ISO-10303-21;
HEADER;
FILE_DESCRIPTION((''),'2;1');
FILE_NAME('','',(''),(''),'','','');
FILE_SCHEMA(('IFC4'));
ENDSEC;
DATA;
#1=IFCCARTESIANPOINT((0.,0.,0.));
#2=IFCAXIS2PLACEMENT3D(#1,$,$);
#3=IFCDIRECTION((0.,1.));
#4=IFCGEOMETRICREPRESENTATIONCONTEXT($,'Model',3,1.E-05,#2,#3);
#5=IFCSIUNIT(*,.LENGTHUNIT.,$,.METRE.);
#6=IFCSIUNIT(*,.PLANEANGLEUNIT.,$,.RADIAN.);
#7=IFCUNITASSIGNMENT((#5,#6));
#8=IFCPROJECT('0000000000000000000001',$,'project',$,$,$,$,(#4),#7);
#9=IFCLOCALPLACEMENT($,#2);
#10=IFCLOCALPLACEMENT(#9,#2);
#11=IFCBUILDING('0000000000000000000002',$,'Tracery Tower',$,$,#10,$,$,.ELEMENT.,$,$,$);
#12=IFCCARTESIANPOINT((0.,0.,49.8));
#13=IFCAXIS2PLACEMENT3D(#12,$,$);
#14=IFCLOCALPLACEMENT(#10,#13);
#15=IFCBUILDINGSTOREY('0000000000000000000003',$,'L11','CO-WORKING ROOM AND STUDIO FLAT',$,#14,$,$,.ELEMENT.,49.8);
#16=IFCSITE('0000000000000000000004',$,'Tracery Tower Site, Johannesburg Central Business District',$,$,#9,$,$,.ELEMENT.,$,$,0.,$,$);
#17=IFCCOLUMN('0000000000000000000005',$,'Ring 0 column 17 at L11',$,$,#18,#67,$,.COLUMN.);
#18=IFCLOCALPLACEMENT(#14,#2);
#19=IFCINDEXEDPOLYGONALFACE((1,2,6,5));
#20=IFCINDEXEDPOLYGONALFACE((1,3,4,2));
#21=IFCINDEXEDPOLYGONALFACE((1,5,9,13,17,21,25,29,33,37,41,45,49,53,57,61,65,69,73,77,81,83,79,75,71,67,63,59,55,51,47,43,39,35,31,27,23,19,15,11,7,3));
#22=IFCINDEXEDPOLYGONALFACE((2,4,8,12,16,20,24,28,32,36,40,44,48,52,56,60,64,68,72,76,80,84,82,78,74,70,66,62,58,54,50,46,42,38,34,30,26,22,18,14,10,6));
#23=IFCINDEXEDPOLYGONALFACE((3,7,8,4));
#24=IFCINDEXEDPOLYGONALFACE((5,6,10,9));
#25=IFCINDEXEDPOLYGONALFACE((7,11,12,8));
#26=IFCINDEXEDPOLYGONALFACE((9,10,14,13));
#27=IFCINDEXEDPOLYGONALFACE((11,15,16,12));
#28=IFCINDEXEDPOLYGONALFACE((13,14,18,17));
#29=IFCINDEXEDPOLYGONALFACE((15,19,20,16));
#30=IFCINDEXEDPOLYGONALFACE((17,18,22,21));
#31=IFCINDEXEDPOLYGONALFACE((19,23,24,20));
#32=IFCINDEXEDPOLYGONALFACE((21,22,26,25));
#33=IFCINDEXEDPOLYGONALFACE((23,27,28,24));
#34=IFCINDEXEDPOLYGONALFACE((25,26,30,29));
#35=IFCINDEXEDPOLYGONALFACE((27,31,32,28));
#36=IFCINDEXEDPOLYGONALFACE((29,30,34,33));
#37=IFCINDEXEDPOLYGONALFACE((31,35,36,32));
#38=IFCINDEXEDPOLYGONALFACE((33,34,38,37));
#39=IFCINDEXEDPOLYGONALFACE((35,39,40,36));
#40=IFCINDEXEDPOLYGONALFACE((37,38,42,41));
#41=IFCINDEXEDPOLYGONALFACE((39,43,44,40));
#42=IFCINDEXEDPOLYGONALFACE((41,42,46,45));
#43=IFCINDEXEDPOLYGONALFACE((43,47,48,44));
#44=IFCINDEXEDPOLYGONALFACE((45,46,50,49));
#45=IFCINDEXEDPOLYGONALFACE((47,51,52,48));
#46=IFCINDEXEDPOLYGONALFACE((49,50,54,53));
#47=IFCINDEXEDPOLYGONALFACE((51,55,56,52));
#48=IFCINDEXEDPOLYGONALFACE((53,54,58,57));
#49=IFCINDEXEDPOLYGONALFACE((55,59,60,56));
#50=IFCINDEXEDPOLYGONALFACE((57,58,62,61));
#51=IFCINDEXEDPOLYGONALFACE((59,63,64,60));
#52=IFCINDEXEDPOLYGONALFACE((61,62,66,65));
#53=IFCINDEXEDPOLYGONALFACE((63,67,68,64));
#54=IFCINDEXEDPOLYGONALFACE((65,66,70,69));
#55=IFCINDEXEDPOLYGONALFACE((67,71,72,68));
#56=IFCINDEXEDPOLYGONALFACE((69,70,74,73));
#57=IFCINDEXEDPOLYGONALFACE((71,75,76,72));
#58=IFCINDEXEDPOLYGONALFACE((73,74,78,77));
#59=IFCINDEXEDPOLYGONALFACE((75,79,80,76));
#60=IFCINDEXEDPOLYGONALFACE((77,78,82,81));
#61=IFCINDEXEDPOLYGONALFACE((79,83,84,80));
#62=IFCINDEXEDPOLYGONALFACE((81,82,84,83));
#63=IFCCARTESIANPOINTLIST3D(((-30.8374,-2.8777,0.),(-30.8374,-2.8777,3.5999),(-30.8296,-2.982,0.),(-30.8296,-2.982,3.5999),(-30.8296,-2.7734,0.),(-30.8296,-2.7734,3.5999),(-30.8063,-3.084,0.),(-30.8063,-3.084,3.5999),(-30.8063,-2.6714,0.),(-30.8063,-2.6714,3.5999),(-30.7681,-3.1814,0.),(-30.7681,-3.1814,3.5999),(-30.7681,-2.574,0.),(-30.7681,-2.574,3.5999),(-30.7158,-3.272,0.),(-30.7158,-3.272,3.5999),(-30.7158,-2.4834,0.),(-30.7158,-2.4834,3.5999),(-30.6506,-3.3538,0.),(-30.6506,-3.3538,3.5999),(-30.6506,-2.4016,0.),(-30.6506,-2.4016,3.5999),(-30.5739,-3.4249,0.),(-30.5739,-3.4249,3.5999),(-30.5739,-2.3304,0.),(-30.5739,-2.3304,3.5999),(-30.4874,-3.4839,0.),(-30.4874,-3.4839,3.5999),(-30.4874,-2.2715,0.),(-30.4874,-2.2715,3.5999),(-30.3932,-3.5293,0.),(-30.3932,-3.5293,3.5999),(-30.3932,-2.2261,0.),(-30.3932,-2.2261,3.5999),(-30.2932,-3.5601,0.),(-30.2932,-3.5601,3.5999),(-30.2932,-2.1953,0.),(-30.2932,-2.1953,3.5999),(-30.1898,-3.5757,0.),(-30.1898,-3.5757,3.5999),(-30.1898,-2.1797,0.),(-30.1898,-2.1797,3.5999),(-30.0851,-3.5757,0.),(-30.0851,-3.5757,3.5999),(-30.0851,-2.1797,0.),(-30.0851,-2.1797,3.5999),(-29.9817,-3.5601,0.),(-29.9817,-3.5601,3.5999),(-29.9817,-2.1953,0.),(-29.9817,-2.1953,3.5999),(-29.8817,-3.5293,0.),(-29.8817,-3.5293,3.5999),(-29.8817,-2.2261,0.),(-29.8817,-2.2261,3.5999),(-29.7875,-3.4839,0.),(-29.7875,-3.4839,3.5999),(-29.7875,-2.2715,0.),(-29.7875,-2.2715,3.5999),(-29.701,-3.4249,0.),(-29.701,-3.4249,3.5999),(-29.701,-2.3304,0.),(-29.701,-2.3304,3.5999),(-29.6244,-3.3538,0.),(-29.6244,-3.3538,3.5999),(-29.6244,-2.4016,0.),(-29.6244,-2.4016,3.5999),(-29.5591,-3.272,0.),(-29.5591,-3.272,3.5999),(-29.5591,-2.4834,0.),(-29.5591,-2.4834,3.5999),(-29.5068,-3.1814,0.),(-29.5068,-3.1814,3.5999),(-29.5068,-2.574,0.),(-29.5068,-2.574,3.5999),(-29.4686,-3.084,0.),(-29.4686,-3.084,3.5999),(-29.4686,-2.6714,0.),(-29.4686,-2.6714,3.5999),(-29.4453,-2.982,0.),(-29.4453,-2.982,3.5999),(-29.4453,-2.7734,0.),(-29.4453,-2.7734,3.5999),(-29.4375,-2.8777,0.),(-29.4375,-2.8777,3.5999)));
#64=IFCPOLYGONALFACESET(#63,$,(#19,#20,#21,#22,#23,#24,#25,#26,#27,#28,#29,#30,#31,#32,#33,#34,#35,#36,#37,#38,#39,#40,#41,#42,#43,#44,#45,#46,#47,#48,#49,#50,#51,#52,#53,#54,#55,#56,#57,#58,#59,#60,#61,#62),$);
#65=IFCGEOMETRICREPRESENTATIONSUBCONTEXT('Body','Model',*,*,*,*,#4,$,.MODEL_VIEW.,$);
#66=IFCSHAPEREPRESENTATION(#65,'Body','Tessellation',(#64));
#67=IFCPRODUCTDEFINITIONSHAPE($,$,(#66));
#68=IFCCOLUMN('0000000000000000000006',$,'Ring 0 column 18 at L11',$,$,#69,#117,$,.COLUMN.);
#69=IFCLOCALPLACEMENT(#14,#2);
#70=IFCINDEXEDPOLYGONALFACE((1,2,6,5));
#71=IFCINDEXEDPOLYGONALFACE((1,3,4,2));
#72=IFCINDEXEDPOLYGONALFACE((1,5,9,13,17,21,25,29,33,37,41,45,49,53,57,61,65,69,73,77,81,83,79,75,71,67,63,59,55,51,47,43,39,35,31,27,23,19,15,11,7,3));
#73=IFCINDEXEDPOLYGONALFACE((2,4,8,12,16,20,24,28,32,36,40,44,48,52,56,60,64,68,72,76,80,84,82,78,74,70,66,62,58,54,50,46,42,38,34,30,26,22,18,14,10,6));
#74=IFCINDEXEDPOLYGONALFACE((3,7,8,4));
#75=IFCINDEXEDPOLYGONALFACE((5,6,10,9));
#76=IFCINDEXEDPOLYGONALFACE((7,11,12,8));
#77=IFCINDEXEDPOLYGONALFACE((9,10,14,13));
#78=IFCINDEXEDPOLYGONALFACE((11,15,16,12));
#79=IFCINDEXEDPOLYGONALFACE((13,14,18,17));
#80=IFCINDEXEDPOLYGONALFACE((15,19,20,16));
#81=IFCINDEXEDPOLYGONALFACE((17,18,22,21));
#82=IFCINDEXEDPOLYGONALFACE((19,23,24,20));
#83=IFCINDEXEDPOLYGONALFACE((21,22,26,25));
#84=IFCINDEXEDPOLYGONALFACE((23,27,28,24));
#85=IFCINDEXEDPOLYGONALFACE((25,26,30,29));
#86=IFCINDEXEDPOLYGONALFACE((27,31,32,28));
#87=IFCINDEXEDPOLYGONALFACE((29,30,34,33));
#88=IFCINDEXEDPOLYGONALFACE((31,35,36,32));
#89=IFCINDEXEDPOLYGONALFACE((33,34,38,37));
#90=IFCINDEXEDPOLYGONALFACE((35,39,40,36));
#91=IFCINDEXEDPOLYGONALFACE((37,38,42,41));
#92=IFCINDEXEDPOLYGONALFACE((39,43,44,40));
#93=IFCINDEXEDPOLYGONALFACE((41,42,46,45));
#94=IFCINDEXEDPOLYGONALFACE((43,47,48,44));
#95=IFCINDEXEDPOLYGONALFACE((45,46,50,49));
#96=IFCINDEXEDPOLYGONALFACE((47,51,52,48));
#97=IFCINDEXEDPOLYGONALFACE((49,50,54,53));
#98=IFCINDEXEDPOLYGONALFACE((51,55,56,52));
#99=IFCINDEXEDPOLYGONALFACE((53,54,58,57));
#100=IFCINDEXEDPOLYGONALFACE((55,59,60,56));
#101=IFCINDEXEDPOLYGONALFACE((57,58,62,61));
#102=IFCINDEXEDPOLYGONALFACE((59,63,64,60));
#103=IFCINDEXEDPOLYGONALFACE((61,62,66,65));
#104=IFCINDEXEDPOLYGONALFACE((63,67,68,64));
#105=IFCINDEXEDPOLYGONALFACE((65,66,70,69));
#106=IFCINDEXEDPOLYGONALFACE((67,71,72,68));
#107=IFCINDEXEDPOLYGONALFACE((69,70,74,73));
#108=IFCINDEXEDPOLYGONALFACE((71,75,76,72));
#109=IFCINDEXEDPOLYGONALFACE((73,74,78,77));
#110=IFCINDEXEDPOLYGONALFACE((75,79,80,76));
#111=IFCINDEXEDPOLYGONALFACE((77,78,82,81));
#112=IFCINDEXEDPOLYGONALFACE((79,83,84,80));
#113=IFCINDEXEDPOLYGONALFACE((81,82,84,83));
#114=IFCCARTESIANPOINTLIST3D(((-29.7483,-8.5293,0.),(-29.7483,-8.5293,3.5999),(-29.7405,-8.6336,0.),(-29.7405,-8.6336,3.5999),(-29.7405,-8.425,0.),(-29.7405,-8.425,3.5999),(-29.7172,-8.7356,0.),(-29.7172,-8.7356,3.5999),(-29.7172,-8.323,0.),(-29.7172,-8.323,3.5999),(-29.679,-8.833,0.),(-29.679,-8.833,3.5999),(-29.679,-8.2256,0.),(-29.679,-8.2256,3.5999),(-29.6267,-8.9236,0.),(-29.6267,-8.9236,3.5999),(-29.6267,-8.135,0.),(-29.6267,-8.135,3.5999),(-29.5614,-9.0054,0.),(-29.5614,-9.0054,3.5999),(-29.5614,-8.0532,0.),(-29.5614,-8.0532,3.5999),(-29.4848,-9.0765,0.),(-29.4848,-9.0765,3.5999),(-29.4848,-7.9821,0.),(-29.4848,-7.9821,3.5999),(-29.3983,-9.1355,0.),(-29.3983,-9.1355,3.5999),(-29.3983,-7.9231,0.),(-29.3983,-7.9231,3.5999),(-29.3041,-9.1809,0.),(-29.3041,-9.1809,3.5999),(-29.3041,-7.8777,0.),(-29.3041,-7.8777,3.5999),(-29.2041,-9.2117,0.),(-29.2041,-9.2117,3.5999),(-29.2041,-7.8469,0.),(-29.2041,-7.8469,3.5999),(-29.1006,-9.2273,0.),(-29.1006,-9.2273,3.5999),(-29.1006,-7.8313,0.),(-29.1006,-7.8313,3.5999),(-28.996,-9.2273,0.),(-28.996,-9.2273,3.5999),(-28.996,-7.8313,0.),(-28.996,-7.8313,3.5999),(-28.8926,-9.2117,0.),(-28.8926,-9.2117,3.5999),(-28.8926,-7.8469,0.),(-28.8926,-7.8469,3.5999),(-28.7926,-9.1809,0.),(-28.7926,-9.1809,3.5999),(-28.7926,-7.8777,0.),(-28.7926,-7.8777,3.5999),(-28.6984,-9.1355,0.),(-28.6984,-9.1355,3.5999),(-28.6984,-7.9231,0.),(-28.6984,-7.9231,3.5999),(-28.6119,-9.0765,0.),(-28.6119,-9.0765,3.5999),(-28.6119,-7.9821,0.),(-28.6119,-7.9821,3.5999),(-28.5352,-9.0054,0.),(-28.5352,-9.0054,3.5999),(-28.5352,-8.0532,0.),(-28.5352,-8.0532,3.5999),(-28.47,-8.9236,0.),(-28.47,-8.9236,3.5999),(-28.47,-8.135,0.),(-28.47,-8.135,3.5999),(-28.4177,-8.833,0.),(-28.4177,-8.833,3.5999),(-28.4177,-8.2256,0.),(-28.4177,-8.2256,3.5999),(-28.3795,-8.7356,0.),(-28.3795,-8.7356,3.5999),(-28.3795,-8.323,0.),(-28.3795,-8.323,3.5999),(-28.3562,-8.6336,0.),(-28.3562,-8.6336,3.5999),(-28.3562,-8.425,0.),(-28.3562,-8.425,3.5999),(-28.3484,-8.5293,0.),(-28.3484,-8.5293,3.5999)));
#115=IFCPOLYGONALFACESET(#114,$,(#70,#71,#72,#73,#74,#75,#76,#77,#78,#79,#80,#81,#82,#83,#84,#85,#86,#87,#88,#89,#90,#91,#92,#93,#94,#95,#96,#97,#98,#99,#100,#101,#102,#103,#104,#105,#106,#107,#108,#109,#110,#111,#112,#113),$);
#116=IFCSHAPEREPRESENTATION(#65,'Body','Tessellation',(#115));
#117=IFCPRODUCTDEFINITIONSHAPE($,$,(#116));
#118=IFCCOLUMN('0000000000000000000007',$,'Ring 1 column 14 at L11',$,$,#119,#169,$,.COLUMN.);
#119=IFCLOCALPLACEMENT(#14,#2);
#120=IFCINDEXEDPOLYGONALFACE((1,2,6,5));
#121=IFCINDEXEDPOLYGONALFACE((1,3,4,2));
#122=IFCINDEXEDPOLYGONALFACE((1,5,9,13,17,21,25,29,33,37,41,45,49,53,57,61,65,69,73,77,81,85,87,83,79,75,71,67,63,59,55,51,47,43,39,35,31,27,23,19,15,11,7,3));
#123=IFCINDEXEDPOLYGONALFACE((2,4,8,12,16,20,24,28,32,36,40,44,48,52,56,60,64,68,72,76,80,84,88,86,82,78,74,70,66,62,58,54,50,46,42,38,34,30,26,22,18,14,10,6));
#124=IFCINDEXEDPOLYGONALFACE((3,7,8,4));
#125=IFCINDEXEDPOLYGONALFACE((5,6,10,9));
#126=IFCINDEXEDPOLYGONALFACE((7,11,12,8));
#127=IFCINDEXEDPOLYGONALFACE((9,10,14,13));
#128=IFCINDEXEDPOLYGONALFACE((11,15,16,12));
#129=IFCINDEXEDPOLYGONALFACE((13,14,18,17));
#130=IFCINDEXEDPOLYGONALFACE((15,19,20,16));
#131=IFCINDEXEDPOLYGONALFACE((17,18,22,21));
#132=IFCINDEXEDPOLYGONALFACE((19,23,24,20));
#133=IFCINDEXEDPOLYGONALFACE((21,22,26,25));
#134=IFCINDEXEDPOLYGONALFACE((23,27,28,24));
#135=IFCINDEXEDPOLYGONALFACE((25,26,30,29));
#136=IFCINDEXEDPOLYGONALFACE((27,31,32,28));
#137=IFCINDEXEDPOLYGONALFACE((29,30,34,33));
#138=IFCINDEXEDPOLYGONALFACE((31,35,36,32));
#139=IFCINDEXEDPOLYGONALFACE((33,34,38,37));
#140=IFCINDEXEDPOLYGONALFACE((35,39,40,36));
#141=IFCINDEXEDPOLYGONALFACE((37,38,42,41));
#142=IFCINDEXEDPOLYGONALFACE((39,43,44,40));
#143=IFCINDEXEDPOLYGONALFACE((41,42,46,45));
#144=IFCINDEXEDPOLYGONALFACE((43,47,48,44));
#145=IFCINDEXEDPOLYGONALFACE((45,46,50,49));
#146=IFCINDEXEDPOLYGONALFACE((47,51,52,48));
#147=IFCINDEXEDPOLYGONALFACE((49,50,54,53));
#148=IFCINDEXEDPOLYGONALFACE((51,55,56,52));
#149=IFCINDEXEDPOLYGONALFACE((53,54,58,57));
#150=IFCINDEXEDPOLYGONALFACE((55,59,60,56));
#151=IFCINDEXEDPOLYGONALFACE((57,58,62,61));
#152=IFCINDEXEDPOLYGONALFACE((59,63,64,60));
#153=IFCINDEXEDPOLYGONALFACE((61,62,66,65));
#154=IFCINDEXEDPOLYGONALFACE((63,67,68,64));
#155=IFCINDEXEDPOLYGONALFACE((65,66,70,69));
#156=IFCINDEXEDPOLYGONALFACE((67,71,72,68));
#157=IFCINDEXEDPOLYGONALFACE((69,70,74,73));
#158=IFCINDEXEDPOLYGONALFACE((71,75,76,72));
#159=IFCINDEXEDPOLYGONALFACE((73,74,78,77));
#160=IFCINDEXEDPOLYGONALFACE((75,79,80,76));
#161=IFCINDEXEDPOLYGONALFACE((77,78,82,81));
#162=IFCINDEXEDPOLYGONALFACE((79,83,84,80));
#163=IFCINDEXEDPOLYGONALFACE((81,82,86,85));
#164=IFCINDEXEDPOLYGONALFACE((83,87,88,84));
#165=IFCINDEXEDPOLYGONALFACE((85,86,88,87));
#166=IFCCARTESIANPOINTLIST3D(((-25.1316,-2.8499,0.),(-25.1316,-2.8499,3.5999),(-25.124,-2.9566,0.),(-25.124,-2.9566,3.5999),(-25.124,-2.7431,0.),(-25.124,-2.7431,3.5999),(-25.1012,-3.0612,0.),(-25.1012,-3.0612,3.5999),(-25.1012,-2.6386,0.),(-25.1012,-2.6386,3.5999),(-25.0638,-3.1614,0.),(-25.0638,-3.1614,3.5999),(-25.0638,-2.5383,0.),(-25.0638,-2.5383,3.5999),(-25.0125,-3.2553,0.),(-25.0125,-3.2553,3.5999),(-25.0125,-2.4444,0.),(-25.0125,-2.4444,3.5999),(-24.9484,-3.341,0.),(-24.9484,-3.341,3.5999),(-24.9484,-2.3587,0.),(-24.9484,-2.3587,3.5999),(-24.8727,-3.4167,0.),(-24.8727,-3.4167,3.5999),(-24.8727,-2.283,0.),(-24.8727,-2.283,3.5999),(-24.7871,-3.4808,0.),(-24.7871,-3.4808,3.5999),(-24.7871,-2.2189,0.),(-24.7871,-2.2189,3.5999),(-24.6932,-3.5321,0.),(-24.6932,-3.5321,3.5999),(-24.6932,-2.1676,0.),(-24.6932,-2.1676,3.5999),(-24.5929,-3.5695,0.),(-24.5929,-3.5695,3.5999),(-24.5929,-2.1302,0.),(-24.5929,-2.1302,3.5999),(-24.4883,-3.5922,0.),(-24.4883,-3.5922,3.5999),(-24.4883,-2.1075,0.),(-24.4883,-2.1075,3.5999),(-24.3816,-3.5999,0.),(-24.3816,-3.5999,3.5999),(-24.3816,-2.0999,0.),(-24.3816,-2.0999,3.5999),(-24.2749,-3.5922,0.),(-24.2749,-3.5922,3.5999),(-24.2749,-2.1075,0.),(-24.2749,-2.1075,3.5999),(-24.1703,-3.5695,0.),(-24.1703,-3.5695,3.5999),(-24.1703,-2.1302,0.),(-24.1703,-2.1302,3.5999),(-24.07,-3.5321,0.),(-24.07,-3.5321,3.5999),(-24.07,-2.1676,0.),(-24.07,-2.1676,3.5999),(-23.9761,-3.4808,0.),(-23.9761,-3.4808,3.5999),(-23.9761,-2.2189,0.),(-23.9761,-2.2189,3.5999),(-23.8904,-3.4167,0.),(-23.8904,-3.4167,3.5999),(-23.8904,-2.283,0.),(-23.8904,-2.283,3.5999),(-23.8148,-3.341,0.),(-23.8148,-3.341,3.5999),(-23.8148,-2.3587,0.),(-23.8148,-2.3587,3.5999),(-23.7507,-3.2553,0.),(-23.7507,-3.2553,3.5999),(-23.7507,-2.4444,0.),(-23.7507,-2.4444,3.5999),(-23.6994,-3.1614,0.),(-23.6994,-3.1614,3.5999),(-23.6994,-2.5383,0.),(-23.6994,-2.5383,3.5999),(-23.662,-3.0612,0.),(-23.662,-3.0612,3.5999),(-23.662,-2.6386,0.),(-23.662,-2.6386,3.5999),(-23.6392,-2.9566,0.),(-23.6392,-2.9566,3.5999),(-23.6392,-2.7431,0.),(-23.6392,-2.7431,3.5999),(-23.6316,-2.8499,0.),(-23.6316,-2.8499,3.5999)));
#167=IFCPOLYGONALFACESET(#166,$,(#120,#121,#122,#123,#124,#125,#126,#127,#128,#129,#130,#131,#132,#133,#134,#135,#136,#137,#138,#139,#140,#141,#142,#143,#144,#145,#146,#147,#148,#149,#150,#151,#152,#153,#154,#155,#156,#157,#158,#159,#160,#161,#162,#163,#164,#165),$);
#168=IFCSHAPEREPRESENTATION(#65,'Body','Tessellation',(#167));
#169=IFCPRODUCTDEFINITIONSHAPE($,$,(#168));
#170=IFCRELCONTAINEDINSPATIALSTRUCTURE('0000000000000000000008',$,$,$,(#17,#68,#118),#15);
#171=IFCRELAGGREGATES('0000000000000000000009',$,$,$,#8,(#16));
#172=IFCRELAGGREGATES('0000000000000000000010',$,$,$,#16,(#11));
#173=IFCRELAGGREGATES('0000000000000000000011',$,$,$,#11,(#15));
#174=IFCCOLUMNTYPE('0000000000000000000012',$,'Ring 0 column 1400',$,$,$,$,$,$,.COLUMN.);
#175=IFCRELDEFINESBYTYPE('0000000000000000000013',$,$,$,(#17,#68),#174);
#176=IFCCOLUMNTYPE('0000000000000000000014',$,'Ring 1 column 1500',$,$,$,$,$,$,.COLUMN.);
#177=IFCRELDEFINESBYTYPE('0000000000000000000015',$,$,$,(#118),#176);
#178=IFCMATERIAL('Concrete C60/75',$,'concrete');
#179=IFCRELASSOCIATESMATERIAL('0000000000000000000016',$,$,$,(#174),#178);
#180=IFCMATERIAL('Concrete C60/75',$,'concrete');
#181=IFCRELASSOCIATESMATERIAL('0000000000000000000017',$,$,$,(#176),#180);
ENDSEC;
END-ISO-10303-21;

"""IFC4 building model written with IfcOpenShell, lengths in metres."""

from ifc_helpers import new_model, si_unit, direction, frame, origin, origin_2d, place, context, subcontext, project, spatial, circle, extrude, material, material_profile, profile_set, type_object, element, save


model = new_model("IFC4")

# Units and contexts
model_context = context("Model", 3, precision=1e-05, world=origin(), true_north=direction((0.0, 1.0)))
body_context = subcontext(model_context, "Body", "Model", "MODEL_VIEW")
ifc_project = project(units=[si_unit("LENGTHUNIT", "METRE"), si_unit("PLANEANGLEUNIT", "RADIAN")], contexts=[model_context])

# Site, building, storey
site_placement = place(None, origin())
site = spatial("IfcSite", under=ifc_project, at=site_placement, Name="Tracery Tower Site, Johannesburg Central Business District", CompositionType="ELEMENT", RefElevation=0.0)
building_placement = place(site_placement, origin())
building = spatial("IfcBuilding", under=site, at=building_placement, Name="Tracery Tower", CompositionType="ELEMENT")
storey_placement = place(building_placement, frame((0.0, 0.0, 49.8)))
storey = spatial("IfcBuildingStorey", under=building, at=storey_placement, Name="L11", Description="CO-WORKING ROOM AND STUDIO FLAT", CompositionType="ELEMENT", Elevation=49.8)

# Columns
ifc_material_1 = material(Name="Concrete C60/75", Category="concrete")
ifc_material_profile_1 = material_profile(ifc_material_1, circle(Radius=0.7, at=origin_2d()), Name="RC D1400")
ifc_profile_set_1 = profile_set([ifc_material_profile_1], Name="Concrete C60/75")
column_type_1 = type_object("IfcColumnType", Name="Ring 0 column 1400", PredefinedType="COLUMN", material=ifc_profile_set_1)
for number, where, z_axis, x_axis, name in (
    (1, (-30.1375, -2.8777, 0.0), (0.0, 0.0, 1.0), (1.0, 0.0, 0.0), "Ring 0 column 17 at L11"),
    (2, (-29.0483, -8.5293, 0.0), (0.0, 0.0, 1.0), (1.0, 0.0, 0.0), "Ring 0 column 18 at L11"),
):
    element("IfcColumn", number, at=place(storey_placement, frame(where, z_axis=z_axis, x_axis=x_axis)), inside=storey, type_object=column_type_1, Name=name, PredefinedType="COLUMN", context=body_context, shape_type="SweptSolid", body=[
        extrude(circle(Radius=0.7, at=origin_2d()), origin(), (0.0, 0.0, 1.0), 3.5999),
    ])
ifc_material_2 = material(Name="Concrete C60/75", Category="concrete")
ifc_material_profile_2 = material_profile(ifc_material_2, circle(Radius=0.75, at=origin_2d()), Name="RC D1500")
ifc_profile_set_2 = profile_set([ifc_material_profile_2], Name="Concrete C60/75")
column_type_2 = type_object("IfcColumnType", Name="Ring 1 column 1500", PredefinedType="COLUMN", material=ifc_profile_set_2)
for number, where, z_axis, x_axis, name in (
    (3, (-24.3816, -2.8499, 0.0), (0.0, 0.0, 1.0), (1.0, 0.0, 0.0), "Ring 1 column 14 at L11"),
):
    element("IfcColumn", number, at=place(storey_placement, frame(where, z_axis=z_axis, x_axis=x_axis)), inside=storey, type_object=column_type_2, Name=name, PredefinedType="COLUMN", context=body_context, shape_type="SweptSolid", body=[
        extrude(circle(Radius=0.75, at=origin_2d()), origin(), (0.0, 0.0, 1.0), 3.5999),
    ])

save(model, "model.ifc")
